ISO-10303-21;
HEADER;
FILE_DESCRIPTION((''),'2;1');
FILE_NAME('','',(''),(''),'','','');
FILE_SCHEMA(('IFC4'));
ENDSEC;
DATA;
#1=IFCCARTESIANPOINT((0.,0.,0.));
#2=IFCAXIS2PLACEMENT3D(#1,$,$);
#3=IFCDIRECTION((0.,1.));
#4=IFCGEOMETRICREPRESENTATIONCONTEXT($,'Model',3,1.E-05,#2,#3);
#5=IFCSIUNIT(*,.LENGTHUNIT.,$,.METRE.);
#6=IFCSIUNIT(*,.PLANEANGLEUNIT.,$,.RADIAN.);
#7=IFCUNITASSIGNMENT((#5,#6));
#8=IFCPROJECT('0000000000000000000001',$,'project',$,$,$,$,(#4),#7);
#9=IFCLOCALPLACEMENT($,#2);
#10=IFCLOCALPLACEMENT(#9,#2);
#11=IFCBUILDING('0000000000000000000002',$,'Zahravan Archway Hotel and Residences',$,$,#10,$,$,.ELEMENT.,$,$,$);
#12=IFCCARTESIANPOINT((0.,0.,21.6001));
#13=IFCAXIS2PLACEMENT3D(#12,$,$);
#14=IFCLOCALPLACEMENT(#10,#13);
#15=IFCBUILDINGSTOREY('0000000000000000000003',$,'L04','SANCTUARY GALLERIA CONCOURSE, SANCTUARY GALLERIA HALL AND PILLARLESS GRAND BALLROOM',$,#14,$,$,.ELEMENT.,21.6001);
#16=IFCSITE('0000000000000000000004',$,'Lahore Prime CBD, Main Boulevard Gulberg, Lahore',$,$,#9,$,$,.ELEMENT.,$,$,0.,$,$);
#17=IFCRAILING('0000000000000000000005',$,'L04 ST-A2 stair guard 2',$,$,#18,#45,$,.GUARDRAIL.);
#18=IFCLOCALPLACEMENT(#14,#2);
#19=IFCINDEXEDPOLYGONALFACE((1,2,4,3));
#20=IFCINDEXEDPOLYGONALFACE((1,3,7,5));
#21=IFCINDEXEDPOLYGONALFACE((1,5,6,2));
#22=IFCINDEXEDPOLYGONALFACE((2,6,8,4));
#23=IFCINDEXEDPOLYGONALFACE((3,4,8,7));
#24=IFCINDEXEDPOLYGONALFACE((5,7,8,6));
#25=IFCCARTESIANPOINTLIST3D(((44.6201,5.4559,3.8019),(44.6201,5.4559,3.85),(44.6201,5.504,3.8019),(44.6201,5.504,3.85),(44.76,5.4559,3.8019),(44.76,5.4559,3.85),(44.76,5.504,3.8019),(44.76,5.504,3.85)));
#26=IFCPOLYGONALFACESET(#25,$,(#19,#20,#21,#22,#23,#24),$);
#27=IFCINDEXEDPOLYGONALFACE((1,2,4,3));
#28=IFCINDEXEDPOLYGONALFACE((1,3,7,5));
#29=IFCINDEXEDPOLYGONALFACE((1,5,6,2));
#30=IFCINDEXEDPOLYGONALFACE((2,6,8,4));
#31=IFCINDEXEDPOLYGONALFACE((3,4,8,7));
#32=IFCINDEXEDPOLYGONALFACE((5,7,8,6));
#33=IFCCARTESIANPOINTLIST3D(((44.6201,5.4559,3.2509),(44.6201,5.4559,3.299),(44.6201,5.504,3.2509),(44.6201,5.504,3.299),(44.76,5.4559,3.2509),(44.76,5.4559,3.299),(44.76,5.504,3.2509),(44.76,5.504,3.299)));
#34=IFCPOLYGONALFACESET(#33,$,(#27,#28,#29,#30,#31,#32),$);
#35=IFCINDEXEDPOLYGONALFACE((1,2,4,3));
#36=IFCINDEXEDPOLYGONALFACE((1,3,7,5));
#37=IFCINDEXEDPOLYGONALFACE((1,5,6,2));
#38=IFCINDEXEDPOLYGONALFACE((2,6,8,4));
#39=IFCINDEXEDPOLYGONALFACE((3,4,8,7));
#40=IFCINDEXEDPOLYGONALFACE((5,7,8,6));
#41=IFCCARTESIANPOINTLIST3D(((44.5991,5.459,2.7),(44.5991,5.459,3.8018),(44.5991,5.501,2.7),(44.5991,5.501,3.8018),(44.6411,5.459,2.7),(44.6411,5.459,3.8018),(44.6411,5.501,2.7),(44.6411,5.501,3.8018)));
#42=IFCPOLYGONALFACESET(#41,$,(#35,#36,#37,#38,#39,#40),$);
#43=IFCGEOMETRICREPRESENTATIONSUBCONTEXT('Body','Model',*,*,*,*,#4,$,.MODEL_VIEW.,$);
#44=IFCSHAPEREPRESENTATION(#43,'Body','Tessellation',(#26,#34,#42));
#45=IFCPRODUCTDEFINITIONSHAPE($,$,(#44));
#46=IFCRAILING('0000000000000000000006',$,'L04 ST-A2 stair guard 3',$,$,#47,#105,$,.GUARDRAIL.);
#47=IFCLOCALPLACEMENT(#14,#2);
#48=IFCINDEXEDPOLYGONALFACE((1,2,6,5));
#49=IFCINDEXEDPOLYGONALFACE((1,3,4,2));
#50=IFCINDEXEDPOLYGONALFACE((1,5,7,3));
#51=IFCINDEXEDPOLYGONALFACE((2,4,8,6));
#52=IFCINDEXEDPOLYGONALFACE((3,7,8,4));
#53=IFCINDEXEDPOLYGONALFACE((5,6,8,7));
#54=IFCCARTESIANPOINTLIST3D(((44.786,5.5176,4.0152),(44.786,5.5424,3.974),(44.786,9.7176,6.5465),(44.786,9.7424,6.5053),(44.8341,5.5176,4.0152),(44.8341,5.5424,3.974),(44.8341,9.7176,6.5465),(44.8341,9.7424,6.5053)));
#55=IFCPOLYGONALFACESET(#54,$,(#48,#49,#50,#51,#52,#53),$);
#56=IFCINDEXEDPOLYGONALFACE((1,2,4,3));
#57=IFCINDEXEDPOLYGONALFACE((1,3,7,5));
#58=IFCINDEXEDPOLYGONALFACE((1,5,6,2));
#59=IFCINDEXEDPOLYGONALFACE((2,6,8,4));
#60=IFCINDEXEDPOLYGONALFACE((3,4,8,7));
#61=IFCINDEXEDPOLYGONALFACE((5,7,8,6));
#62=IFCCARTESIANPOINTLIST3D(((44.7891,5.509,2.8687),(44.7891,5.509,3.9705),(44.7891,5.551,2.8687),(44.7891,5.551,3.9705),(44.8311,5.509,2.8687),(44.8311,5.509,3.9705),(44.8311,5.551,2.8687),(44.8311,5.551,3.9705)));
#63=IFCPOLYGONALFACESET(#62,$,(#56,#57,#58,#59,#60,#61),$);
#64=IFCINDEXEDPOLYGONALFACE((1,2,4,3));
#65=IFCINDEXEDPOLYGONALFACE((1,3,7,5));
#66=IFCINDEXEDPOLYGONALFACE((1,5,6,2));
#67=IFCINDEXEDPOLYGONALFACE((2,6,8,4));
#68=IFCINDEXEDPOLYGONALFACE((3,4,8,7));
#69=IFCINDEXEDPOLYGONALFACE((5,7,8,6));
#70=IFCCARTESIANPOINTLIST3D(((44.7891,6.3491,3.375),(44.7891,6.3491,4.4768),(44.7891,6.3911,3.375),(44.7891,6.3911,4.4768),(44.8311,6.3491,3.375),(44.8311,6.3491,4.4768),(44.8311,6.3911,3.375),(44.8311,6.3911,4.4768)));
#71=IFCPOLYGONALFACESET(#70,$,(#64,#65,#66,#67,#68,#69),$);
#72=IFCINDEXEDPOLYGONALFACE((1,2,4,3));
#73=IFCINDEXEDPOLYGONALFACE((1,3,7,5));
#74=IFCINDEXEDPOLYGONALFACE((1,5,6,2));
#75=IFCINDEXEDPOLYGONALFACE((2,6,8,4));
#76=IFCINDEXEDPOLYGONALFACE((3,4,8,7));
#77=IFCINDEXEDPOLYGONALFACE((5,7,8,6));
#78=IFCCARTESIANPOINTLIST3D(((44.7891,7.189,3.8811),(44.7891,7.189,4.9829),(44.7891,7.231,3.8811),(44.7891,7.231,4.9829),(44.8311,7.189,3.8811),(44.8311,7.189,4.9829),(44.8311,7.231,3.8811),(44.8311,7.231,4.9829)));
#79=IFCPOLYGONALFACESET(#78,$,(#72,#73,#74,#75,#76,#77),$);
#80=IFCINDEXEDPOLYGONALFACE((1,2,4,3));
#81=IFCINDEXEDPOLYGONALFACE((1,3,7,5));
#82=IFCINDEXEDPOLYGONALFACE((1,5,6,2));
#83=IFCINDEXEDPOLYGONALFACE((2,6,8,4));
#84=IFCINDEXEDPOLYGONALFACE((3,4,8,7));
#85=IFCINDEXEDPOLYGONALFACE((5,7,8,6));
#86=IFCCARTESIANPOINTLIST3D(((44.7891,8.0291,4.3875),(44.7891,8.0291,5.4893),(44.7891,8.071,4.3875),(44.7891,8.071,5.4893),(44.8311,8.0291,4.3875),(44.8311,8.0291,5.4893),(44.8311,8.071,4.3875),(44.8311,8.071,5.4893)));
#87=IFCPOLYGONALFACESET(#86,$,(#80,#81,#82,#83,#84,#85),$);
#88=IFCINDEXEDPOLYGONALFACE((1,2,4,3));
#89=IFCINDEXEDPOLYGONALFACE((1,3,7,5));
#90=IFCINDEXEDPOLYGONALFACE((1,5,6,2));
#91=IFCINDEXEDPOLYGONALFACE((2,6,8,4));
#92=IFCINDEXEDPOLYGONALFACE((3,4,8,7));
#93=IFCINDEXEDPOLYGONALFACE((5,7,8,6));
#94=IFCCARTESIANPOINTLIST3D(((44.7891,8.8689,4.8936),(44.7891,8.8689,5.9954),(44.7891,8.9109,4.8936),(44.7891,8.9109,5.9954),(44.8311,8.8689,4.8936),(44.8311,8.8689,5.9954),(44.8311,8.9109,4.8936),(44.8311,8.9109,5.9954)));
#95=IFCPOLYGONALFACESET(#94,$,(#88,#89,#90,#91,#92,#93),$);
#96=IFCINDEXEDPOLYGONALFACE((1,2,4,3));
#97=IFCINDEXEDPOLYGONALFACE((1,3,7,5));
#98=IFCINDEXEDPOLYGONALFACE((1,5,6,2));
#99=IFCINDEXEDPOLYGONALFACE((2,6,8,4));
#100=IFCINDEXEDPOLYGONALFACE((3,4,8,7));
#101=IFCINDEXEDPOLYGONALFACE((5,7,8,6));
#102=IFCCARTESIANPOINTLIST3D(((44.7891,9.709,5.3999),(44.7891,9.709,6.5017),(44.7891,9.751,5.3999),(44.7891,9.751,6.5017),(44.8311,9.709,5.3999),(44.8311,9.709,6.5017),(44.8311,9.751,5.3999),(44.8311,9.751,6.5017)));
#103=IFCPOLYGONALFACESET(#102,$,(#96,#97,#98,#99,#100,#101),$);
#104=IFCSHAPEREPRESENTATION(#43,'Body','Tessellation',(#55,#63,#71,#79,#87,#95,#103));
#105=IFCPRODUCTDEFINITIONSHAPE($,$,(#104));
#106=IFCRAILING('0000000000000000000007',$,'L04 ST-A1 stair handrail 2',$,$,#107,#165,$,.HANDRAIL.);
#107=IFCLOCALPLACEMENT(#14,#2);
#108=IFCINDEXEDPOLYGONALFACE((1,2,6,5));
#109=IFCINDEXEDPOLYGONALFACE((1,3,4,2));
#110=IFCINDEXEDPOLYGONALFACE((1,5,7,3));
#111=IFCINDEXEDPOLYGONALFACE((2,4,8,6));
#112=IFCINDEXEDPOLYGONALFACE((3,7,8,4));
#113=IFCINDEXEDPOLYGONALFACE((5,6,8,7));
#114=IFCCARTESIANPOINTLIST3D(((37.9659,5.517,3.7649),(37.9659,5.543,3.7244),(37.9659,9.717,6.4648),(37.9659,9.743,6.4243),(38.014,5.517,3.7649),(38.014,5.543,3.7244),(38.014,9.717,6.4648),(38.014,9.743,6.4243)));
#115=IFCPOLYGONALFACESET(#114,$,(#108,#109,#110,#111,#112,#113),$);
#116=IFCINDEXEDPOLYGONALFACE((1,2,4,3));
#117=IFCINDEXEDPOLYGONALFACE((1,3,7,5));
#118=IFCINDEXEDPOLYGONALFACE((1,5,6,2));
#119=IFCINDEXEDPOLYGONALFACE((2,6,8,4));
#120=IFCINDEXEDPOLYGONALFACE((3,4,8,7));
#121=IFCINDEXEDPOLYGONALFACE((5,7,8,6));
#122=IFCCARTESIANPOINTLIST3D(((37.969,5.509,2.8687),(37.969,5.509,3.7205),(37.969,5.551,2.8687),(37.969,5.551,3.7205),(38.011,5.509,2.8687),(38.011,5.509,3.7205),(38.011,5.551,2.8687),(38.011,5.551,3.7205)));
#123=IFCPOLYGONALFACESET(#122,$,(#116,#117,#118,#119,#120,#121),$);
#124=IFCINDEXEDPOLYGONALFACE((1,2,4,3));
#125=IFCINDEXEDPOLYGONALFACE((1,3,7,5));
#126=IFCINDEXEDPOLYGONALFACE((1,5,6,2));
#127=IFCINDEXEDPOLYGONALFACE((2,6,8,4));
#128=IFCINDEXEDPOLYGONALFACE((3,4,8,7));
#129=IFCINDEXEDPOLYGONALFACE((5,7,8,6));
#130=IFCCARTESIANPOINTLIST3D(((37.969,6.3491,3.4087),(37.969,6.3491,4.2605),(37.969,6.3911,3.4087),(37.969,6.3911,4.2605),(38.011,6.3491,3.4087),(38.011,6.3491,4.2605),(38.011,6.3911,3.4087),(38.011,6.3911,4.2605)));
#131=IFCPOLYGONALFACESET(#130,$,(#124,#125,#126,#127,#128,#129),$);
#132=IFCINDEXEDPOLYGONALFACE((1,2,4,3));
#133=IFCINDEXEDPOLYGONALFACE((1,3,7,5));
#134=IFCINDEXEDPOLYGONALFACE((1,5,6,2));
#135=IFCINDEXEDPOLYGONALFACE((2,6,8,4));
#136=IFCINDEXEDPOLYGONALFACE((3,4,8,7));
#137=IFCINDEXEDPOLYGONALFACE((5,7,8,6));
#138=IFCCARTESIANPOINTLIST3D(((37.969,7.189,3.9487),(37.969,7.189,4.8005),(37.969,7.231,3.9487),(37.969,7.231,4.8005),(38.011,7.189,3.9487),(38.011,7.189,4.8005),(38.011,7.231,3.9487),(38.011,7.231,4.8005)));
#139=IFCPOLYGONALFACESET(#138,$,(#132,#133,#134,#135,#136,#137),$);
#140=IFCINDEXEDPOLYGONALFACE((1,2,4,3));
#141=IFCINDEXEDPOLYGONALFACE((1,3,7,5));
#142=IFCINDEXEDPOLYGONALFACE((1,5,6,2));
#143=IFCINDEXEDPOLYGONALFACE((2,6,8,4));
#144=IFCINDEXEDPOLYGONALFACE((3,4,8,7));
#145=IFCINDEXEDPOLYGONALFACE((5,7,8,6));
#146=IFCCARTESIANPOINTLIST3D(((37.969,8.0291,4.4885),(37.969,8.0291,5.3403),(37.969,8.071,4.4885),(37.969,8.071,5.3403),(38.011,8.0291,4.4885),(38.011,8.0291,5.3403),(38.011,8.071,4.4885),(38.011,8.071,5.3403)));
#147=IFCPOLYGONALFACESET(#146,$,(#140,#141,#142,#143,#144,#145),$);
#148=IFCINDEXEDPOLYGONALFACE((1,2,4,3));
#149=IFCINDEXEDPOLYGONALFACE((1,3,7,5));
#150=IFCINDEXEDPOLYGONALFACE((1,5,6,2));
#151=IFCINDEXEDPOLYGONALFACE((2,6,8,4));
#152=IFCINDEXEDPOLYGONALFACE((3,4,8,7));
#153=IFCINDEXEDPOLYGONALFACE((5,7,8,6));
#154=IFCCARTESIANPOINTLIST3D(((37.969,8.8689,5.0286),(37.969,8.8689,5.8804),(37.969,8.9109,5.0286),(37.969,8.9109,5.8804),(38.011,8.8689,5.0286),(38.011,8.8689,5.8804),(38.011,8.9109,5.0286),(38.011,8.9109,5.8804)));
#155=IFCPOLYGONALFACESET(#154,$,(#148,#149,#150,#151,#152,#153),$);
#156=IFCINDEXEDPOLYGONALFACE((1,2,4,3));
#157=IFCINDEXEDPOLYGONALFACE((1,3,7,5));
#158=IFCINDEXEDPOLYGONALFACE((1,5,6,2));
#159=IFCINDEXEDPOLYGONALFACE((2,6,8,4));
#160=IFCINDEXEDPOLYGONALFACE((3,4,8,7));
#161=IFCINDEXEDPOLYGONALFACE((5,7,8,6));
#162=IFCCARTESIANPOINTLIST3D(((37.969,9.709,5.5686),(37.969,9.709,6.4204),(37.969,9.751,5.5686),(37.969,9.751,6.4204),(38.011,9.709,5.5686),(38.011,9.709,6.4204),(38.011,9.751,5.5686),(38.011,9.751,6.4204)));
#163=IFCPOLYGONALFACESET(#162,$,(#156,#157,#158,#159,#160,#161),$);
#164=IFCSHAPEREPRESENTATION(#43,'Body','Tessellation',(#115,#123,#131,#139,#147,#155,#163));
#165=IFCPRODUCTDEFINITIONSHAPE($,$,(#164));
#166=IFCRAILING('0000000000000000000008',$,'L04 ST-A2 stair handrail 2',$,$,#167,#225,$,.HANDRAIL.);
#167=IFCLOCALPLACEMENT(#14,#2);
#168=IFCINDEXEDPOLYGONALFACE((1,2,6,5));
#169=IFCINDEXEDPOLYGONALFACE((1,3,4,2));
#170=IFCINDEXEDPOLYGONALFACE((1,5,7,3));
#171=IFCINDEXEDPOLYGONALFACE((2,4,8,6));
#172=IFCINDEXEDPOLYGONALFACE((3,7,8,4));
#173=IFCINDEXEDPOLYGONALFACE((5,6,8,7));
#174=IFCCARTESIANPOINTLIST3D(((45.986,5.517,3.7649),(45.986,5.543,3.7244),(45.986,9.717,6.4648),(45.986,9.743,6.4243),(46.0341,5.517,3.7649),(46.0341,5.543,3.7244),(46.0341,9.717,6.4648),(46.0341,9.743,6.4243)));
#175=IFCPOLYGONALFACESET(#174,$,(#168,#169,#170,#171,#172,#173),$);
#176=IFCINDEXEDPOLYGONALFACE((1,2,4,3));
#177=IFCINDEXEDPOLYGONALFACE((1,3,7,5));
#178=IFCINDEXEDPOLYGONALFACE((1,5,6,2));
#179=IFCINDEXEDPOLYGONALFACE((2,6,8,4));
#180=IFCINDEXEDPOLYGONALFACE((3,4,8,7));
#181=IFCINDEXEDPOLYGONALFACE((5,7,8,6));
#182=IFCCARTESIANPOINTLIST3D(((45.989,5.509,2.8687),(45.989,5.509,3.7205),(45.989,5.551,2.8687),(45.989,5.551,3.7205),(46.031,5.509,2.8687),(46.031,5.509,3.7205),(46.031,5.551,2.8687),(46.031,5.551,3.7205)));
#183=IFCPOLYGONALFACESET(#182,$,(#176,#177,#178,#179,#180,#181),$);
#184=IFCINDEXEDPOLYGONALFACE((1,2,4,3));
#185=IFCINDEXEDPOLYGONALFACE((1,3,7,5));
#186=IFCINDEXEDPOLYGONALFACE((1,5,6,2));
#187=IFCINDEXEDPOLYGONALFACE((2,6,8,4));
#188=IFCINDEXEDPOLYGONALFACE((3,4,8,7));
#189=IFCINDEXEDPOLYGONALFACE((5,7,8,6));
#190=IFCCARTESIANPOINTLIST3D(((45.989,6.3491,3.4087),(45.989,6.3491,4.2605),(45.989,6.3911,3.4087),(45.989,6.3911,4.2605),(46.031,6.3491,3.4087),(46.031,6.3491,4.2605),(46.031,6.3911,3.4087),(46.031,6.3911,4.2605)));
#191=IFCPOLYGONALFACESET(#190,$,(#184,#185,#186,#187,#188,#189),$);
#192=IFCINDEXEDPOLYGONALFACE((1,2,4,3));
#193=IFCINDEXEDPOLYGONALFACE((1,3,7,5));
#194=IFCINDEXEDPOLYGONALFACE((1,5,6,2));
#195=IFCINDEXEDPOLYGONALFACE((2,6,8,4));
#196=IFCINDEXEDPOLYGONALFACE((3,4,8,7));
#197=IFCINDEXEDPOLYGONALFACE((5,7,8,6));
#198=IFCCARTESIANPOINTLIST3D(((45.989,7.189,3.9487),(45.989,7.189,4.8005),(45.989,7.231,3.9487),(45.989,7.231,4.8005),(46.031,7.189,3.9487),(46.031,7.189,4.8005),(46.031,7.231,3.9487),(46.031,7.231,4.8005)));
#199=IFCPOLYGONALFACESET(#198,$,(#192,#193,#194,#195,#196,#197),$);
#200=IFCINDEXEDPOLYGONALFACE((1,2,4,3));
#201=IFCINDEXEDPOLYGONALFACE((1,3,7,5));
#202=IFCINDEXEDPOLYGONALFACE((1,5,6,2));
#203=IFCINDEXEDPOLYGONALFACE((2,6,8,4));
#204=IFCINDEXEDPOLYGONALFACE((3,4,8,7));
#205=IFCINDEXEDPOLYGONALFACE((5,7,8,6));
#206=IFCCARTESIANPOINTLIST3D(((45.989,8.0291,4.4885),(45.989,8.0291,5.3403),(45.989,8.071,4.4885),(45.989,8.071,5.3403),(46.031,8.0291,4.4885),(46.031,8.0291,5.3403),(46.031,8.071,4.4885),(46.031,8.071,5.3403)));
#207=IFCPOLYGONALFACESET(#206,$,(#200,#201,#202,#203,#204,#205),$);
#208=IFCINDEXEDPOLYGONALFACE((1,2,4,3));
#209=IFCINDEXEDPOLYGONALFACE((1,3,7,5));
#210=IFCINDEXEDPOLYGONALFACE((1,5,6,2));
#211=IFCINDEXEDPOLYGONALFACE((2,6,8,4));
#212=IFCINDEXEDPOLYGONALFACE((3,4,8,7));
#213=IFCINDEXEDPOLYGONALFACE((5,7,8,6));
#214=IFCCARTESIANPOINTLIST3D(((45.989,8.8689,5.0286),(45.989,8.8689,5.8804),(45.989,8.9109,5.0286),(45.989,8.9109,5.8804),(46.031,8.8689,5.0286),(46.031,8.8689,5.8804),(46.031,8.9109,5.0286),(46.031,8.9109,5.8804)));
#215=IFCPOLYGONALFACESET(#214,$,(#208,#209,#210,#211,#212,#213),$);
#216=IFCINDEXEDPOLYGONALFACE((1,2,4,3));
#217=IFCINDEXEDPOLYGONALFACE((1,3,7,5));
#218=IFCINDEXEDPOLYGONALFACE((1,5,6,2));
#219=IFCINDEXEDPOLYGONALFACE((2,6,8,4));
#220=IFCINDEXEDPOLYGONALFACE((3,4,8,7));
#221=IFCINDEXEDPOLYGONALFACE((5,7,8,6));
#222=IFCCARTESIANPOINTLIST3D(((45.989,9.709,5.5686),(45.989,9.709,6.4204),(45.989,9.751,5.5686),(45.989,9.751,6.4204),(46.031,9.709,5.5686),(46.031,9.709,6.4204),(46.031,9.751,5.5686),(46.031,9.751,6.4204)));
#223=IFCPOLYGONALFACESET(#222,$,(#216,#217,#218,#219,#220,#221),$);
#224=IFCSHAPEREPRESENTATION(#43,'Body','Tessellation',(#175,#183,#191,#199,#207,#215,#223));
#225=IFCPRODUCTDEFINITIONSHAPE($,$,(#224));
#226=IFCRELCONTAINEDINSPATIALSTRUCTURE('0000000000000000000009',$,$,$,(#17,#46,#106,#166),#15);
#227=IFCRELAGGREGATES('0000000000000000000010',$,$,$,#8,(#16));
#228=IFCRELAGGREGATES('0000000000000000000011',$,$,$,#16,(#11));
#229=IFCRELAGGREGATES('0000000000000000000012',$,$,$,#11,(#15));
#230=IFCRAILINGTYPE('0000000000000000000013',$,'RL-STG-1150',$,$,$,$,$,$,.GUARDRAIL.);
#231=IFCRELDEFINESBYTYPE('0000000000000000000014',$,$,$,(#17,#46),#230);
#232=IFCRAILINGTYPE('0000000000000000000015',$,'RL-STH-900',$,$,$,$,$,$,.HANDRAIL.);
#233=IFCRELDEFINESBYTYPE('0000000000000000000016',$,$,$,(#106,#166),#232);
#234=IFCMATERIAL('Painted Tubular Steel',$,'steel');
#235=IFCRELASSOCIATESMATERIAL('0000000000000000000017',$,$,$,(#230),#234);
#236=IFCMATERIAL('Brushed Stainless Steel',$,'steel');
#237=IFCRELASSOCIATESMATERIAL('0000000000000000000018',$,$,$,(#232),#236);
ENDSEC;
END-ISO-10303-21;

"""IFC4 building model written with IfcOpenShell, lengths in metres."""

from ifc_helpers import new_model, si_unit, direction, frame, origin, origin_2d, place, context, subcontext, project, spatial, rectangle, extrude, material, type_object, element, save


model = new_model("IFC4")

# Units and contexts
model_context = context("Model", 3, precision=1e-05, world=origin(), true_north=direction((0.0, 1.0)))
body_context = subcontext(model_context, "Body", "Model", "MODEL_VIEW")
ifc_project = project(units=[si_unit("LENGTHUNIT", "METRE"), si_unit("PLANEANGLEUNIT", "RADIAN")], contexts=[model_context])

# Site, building, storey
site_placement = place(None, origin())
site = spatial("IfcSite", under=ifc_project, at=site_placement, Name="Lahore Prime CBD, Main Boulevard Gulberg, Lahore", CompositionType="ELEMENT", RefElevation=0.0)
building_placement = place(site_placement, origin())
building = spatial("IfcBuilding", under=site, at=building_placement, Name="Zahravan Archway Hotel and Residences", CompositionType="ELEMENT")
storey_placement = place(building_placement, frame((0.0, 0.0, 21.6001)))
storey = spatial("IfcBuildingStorey", under=building, at=storey_placement, Name="L04", Description="SANCTUARY GALLERIA CONCOURSE, SANCTUARY GALLERIA HALL AND PILLARLESS GRAND BALLROOM", CompositionType="ELEMENT", Elevation=21.6001)

# Railings
ifc_material_1 = material(Name="Painted Tubular Steel", Category="steel")
railing_type_1 = type_object("IfcRailingType", Name="RL-STG-1150", PredefinedType="GUARDRAIL", material=ifc_material_1)
railing_1_placement = place(storey_placement, frame((44.6201, 5.48, 2.7)))
element("IfcRailing", 1, at=railing_1_placement, inside=storey, type_object=railing_type_1, Name="L04 ST-A2 stair guard 2", PredefinedType="GUARDRAIL", context=body_context, shape_type="SweptSolid", body=[
    extrude(rectangle(XDim=0.0481, YDim=0.0481, at=origin_2d()), frame((0.0, 0.0, 1.126), z_axis=(1.0, 0.0, 0.0), x_axis=(0.0, 1.0, 0.0)), (0.0, 0.0, 1.0), 0.1399),
    extrude(rectangle(XDim=0.0481, YDim=0.0481, at=origin_2d()), frame((0.0, 0.0, 0.575), z_axis=(1.0, 0.0, 0.0), x_axis=(0.0, 1.0, 0.0)), (0.0, 0.0, 1.0), 0.1399),
    extrude(rectangle(XDim=0.042, YDim=0.042, at=origin_2d()), origin(), (0.0, 0.0, 1.0), 1.1018),
])
railing_2_placement = place(storey_placement, frame((44.8101, 5.53, 2.8687)))
element("IfcRailing", 2, at=railing_2_placement, inside=storey, type_object=railing_type_1, Name="L04 ST-A2 stair guard 3", PredefinedType="GUARDRAIL", context=body_context, shape_type="SweptSolid", body=[
    extrude(rectangle(XDim=0.0481, YDim=0.0481, at=origin_2d()), frame((0.0, 0.0, 1.126), z_axis=(0.0, 0.856476, 0.516186), x_axis=(-1.0, 0.0, 0.0)), (0.0, 0.0, 1.0), 4.9038),
    extrude(rectangle(XDim=0.042, YDim=0.042, at=origin_2d()), origin(), (0.0, 0.0, 1.0), 1.1018),
    extrude(rectangle(XDim=0.042, YDim=0.042, at=origin_2d()), frame((0.0, 0.8401, 0.5063)), (0.0, 0.0, 1.0), 1.1018),
    extrude(rectangle(XDim=0.042, YDim=0.042, at=origin_2d()), frame((0.0, 1.6799, 1.0125)), (0.0, 0.0, 1.0), 1.1018),
    extrude(rectangle(XDim=0.042, YDim=0.042, at=origin_2d()), frame((0.0, 2.52, 1.5188)), (0.0, 0.0, 1.0), 1.1018),
    extrude(rectangle(XDim=0.042, YDim=0.042, at=origin_2d()), frame((0.0, 3.3599, 2.0249)), (0.0, 0.0, 1.0), 1.1018),
    extrude(rectangle(XDim=0.042, YDim=0.042, at=origin_2d()), frame((0.0, 4.2, 2.5312)), (0.0, 0.0, 1.0), 1.1018),
])
ifc_material_2 = material(Name="Brushed Stainless Steel", Category="steel")
railing_type_2 = type_object("IfcRailingType", Name="RL-STH-900", PredefinedType="HANDRAIL", material=ifc_material_2)
for number, where, name in (
    (3, (37.99, 5.53, 2.8687), "L04 ST-A1 stair handrail 2"),
    (4, (46.01, 5.53, 2.8687), "L04 ST-A2 stair handrail 2"),
):
    element("IfcRailing", number, at=place(storey_placement, frame(where)), inside=storey, type_object=railing_type_2, Name=name, PredefinedType="HANDRAIL", context=body_context, shape_type="SweptSolid", body=[
        extrude(rectangle(XDim=0.0481, YDim=0.0481, at=origin_2d()), frame((0.0, 0.0, 0.876), z_axis=(0.0, 0.84118, 0.540755), x_axis=(-1.0, 0.0, 0.0)), (0.0, 0.0, 1.0), 4.9929),
        extrude(rectangle(XDim=0.042, YDim=0.042, at=origin_2d()), origin(), (0.0, 0.0, 1.0), 0.8518),
        extrude(rectangle(XDim=0.042, YDim=0.042, at=origin_2d()), frame((0.0, 0.8401, 0.54)), (0.0, 0.0, 1.0), 0.8518),
        extrude(rectangle(XDim=0.042, YDim=0.042, at=origin_2d()), frame((0.0, 1.6799, 1.0801)), (0.0, 0.0, 1.0), 0.8518),
        extrude(rectangle(XDim=0.042, YDim=0.042, at=origin_2d()), frame((0.0, 2.52, 1.6199)), (0.0, 0.0, 1.0), 0.8518),
        extrude(rectangle(XDim=0.042, YDim=0.042, at=origin_2d()), frame((0.0, 3.3599, 2.1599)), (0.0, 0.0, 1.0), 0.8518),
        extrude(rectangle(XDim=0.042, YDim=0.042, at=origin_2d()), frame((0.0, 4.2, 2.7)), (0.0, 0.0, 1.0), 0.8518),
    ])

save(model, "model.ifc")
